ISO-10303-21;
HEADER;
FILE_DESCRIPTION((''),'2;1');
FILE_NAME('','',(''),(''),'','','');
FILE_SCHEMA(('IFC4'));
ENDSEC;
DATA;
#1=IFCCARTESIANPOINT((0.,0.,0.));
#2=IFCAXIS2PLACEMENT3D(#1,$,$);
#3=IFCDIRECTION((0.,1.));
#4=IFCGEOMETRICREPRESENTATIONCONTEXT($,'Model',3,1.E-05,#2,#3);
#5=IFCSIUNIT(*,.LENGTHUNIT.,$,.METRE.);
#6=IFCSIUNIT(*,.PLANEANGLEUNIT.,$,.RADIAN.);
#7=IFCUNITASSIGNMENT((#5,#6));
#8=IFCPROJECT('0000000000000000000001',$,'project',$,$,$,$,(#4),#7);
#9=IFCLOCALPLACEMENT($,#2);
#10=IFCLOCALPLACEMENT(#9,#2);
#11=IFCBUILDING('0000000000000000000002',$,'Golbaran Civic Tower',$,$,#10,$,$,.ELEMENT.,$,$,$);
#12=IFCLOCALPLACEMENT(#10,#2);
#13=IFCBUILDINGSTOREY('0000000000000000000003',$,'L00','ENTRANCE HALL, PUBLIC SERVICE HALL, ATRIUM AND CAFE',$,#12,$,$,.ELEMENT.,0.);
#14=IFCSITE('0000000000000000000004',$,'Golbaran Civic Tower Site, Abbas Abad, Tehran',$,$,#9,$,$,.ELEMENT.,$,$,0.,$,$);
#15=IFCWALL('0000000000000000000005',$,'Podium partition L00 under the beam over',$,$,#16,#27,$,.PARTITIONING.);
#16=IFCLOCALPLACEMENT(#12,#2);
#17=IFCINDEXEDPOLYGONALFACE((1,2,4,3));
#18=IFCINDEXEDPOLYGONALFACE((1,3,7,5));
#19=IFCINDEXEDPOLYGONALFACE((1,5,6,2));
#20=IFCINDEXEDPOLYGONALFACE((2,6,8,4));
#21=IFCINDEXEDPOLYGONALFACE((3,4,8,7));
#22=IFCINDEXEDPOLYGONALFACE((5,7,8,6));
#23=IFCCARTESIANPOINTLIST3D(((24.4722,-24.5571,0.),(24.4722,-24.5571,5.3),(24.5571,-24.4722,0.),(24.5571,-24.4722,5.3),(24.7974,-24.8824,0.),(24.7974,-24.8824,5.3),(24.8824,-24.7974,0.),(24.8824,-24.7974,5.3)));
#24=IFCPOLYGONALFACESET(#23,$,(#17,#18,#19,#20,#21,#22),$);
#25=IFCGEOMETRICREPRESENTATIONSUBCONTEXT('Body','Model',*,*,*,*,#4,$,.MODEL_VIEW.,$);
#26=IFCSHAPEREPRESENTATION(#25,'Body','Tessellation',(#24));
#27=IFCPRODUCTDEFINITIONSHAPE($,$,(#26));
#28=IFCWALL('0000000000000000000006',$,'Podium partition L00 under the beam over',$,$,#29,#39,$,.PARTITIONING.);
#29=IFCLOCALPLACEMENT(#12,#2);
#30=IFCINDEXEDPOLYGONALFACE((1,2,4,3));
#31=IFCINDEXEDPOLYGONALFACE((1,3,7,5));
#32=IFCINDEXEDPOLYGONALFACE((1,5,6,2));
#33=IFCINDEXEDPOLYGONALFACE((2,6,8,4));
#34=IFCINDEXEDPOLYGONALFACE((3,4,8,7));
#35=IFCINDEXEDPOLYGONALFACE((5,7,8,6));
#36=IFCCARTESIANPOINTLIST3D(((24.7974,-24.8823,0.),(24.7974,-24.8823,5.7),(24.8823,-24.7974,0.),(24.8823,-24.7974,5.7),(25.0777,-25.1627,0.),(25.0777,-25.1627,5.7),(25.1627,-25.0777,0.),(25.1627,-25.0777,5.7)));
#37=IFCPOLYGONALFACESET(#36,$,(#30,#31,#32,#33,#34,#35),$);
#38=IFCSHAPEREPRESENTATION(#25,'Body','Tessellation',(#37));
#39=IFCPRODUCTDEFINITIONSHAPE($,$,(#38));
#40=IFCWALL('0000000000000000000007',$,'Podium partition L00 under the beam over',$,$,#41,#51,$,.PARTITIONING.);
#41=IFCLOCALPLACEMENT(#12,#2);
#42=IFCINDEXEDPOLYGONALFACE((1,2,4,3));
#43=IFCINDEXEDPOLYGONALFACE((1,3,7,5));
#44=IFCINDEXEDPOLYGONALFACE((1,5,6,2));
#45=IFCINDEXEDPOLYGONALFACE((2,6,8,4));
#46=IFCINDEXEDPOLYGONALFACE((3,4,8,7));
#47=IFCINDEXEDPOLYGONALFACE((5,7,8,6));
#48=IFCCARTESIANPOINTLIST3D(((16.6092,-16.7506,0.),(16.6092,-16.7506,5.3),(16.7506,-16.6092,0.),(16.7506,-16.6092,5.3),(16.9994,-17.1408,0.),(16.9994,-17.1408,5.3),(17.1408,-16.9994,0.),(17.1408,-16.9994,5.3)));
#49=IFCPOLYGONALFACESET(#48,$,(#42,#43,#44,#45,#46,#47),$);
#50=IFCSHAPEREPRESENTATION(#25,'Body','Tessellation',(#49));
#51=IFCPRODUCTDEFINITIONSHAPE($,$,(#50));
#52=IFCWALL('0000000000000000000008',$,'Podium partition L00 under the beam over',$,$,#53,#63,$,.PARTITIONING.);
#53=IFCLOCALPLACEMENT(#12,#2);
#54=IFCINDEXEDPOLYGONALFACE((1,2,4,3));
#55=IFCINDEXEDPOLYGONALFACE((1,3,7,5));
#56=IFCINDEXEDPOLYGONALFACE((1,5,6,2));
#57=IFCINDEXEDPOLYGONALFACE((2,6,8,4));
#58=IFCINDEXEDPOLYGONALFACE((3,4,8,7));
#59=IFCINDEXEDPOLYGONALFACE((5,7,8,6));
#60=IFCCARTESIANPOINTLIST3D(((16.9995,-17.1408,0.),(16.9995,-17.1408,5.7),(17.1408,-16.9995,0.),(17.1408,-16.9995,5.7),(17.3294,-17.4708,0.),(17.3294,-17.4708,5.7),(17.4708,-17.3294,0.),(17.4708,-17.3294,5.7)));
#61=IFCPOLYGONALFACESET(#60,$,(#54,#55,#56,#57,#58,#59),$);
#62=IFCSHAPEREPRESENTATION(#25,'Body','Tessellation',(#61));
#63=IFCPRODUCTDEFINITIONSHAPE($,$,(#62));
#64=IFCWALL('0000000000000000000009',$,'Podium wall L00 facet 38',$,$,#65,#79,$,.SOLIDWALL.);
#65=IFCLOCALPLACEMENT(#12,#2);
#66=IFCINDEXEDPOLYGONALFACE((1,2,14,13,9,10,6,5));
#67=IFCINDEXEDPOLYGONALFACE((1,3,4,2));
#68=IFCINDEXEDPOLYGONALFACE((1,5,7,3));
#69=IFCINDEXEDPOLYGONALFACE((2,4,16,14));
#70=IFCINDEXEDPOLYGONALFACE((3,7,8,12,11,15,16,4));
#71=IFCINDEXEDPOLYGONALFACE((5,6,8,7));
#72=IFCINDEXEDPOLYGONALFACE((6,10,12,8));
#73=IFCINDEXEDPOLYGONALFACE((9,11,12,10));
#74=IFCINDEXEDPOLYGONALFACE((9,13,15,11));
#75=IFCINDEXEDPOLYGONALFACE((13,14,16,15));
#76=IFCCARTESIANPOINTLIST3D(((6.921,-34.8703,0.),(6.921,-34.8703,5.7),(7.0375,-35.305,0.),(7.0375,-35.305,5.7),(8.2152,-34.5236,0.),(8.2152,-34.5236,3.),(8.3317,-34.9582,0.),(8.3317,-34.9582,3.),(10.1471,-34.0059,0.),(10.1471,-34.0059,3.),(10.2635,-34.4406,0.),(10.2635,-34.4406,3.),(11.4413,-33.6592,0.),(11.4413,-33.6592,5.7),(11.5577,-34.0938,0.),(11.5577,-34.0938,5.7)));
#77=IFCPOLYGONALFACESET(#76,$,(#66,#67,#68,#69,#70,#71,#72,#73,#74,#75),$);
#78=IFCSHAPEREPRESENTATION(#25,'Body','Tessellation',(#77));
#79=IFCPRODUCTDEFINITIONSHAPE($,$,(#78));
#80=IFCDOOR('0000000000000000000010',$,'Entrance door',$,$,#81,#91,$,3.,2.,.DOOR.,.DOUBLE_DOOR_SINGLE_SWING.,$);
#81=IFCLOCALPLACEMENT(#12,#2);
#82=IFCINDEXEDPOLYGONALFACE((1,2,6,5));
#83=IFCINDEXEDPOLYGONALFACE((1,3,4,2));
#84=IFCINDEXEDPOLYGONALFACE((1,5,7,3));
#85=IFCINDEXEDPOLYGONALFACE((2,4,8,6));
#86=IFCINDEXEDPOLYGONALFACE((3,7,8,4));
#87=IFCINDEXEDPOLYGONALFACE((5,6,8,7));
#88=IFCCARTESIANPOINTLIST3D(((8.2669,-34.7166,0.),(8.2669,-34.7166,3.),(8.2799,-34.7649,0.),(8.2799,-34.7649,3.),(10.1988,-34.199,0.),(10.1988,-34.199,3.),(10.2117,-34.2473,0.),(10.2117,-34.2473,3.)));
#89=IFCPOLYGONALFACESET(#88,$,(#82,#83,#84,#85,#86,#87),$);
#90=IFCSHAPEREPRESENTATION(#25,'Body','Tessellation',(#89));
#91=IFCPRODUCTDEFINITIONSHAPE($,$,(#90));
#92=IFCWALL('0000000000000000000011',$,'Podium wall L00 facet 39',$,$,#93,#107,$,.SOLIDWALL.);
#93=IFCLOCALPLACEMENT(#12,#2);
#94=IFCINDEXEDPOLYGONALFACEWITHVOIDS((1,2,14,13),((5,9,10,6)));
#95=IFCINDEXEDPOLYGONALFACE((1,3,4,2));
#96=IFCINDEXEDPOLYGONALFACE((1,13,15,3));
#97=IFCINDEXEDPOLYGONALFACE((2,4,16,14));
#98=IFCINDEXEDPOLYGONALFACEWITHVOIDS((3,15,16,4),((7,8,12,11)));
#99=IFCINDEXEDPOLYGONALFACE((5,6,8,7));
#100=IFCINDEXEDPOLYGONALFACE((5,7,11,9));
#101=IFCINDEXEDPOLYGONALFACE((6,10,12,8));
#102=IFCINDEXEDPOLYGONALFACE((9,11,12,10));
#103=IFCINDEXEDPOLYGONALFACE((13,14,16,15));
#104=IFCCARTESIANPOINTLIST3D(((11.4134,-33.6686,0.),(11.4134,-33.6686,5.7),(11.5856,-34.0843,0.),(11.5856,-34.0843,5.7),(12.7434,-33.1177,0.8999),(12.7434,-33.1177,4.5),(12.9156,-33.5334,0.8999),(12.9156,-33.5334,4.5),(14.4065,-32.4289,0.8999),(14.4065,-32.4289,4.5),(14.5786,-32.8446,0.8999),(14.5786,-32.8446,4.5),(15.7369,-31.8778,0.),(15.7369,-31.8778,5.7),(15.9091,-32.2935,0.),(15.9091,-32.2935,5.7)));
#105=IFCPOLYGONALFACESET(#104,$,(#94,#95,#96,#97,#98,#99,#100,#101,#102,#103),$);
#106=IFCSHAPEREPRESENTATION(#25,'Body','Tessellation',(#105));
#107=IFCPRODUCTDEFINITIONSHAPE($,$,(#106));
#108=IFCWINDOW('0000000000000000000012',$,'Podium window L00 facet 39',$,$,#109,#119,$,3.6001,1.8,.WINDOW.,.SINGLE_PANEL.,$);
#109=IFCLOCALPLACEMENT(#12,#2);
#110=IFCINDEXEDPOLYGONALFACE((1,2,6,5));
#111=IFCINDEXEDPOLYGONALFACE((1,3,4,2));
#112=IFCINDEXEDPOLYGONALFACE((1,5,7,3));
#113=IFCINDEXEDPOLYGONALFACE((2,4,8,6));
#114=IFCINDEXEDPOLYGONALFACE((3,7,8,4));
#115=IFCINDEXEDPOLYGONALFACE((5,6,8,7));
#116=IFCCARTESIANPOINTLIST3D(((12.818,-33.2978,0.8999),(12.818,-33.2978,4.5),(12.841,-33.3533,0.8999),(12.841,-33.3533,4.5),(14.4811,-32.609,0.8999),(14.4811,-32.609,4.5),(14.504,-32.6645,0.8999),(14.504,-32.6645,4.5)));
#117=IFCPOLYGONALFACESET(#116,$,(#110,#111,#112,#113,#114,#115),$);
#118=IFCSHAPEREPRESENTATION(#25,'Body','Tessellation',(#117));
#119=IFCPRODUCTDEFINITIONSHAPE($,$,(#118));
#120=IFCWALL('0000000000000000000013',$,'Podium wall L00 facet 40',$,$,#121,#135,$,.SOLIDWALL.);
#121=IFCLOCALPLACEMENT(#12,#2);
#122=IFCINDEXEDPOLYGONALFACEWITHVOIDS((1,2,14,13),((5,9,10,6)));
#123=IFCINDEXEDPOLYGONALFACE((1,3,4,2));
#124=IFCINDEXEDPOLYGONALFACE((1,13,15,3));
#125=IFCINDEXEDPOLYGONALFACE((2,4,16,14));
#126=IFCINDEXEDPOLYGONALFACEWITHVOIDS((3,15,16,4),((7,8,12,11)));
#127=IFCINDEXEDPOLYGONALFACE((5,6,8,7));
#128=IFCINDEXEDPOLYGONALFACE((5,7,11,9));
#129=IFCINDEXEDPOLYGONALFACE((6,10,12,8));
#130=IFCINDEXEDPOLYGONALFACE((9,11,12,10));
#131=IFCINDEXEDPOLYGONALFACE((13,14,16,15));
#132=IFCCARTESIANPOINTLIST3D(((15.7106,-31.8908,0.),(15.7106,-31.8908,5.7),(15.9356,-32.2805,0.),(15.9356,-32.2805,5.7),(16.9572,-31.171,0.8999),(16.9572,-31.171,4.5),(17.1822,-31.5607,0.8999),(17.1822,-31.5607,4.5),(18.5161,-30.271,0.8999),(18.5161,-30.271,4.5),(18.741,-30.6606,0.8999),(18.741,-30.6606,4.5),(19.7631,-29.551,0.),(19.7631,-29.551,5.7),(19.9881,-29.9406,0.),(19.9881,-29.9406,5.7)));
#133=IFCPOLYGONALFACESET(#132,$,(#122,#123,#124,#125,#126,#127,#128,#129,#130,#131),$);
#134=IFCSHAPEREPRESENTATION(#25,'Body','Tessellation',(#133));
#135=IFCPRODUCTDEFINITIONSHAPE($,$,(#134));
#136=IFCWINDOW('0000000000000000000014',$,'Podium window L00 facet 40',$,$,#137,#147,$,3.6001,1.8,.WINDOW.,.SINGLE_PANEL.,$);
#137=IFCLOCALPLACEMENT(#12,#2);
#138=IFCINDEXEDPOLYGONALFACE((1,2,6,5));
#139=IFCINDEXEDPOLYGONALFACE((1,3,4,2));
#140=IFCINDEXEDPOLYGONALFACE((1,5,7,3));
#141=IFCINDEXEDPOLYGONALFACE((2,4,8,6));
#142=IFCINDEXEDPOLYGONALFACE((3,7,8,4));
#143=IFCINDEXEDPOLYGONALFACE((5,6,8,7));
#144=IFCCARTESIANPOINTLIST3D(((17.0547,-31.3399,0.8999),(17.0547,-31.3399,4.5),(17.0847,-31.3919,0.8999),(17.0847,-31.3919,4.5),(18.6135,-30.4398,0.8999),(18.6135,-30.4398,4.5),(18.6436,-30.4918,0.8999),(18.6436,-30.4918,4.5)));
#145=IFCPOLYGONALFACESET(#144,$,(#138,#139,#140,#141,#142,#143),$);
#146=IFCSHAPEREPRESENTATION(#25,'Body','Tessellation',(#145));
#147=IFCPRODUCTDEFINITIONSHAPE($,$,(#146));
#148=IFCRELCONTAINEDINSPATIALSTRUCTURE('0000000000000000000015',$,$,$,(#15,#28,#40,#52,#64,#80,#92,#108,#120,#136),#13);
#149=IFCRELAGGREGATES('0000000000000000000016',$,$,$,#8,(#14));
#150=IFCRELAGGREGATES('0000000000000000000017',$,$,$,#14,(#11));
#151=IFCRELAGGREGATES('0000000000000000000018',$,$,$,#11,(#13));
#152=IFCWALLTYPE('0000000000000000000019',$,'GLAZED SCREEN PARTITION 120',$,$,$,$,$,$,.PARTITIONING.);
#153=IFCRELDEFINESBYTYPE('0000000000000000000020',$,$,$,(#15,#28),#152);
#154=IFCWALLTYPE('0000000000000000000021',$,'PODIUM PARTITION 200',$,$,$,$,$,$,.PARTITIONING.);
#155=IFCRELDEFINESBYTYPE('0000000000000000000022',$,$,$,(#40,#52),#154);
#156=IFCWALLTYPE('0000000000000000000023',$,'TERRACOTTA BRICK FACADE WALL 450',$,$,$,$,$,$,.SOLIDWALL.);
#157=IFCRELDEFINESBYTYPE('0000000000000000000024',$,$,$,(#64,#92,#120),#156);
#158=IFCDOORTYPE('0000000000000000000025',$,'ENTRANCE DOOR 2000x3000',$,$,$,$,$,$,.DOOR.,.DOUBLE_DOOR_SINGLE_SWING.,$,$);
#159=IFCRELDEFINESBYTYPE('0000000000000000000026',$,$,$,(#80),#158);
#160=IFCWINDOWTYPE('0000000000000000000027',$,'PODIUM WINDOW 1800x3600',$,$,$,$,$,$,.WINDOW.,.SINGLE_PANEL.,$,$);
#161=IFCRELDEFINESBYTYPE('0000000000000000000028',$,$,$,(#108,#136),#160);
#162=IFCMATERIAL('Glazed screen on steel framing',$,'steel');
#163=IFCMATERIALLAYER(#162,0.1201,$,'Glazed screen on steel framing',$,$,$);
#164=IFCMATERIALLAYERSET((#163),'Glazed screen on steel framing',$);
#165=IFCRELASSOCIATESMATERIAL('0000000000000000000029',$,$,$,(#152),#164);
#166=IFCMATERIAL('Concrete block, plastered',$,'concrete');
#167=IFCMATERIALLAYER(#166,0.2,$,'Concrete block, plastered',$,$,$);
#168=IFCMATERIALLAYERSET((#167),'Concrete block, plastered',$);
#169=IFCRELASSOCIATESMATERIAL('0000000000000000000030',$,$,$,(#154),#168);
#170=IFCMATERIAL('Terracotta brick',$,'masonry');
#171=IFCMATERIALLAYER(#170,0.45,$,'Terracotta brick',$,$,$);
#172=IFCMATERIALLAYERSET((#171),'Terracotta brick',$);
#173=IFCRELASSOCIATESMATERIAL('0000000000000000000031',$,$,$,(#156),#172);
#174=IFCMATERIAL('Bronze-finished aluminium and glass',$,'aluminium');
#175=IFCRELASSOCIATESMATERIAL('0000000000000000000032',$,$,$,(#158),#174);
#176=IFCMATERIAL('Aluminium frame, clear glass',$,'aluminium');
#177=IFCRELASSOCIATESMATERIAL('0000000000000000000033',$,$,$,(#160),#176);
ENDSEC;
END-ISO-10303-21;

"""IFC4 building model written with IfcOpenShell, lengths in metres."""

from ifc_helpers import new_model, si_unit, direction, frame, frame_2d, origin, place, context, subcontext, project, spatial, rectangle, extrude, material, layer, layer_set, type_object, element, fill, save


model = new_model("IFC4")

# Units and contexts
model_context = context("Model", 3, precision=1e-05, world=origin(), true_north=direction((0.0, 1.0)))
body_context = subcontext(model_context, "Body", "Model", "MODEL_VIEW")
ifc_project = project(units=[si_unit("LENGTHUNIT", "METRE"), si_unit("PLANEANGLEUNIT", "RADIAN")], contexts=[model_context])

# Site, building, storey
site_placement = place(None, origin())
site = spatial("IfcSite", under=ifc_project, at=site_placement, Name="Golbaran Civic Tower Site, Abbas Abad, Tehran", CompositionType="ELEMENT", RefElevation=0.0)
building_placement = place(site_placement, origin())
building = spatial("IfcBuilding", under=site, at=building_placement, Name="Golbaran Civic Tower", CompositionType="ELEMENT")
storey_placement = place(building_placement, origin())
storey = spatial("IfcBuildingStorey", under=building, at=storey_placement, Name="L00", Description="ENTRANCE HALL, PUBLIC SERVICE HALL, ATRIUM AND CAFE", CompositionType="ELEMENT", Elevation=0.0)

# Walls
ifc_material_1 = material(Name="Glazed screen on steel framing", Category="steel")
ifc_layer_1 = layer(ifc_material_1, 0.1201, Name="Glazed screen on steel framing")
ifc_layer_set_1 = layer_set([ifc_layer_1], Name="Glazed screen on steel framing")
wall_type_1 = type_object("IfcWallType", Name="GLAZED SCREEN PARTITION 120", PredefinedType="PARTITIONING", material=ifc_layer_set_1)
wall_1_placement = place(storey_placement, frame((24.5146, -24.5146, 0.0), z_axis=(0.0, 0.0, 1.0), x_axis=(0.707107, -0.707107, 0.0)))
element("IfcWall", 1, at=wall_1_placement, inside=storey, type_object=wall_type_1, Name="Podium partition L00 under the beam over", PredefinedType="PARTITIONING", context=body_context, shape_type="SweptSolid", body=[
    extrude(rectangle(XDim=0.46, YDim=0.1201, at=frame_2d((0.23, 0.0))), origin(), (0.0, 0.0, 1.0), 5.3),
])
wall_2_placement = place(storey_placement, frame((24.8398, -24.8398, 0.0), z_axis=(0.0, 0.0, 1.0), x_axis=(0.707107, -0.707107, 0.0)))
element("IfcWall", 2, at=wall_2_placement, inside=storey, type_object=wall_type_1, Name="Podium partition L00 under the beam over", PredefinedType="PARTITIONING", context=body_context, shape_type="SweptSolid", body=[
    extrude(rectangle(XDim=0.3965, YDim=0.1201, at=frame_2d((0.1982, 0.0))), origin(), (0.0, 0.0, 1.0), 5.7),
])

# Shared definitions
ifc_material_2 = material(Name="Concrete block, plastered", Category="concrete")
ifc_layer_2 = layer(ifc_material_2, 0.2, Name="Concrete block, plastered")
ifc_layer_set_2 = layer_set([ifc_layer_2], Name="Concrete block, plastered")
wall_type_2 = type_object("IfcWallType", Name="PODIUM PARTITION 200", PredefinedType="PARTITIONING", material=ifc_layer_set_2)

# Walls
wall_3_placement = place(storey_placement, frame((16.6799, -16.6799, 0.0), z_axis=(0.0, 0.0, 1.0), x_axis=(0.707107, -0.707107, 0.0)))
element("IfcWall", 3, at=wall_3_placement, inside=storey, type_object=wall_type_2, Name="Podium partition L00 under the beam over", PredefinedType="PARTITIONING", context=body_context, shape_type="SweptSolid", body=[
    extrude(rectangle(XDim=0.5518, YDim=0.2, at=frame_2d((0.2759, 0.0))), origin(), (0.0, 0.0, 1.0), 5.3),
])
wall_4_placement = place(storey_placement, frame((17.0701, -17.0701, 0.0), z_axis=(0.0, 0.0, 1.0), x_axis=(0.707107, -0.707107, 0.0)))
element("IfcWall", 4, at=wall_4_placement, inside=storey, type_object=wall_type_2, Name="Podium partition L00 under the beam over", PredefinedType="PARTITIONING", context=body_context, shape_type="SweptSolid", body=[
    extrude(rectangle(XDim=0.4666, YDim=0.2, at=frame_2d((0.2334, 0.0))), origin(), (0.0, 0.0, 1.0), 5.7),
])

# Wall, opening, door
ifc_material_3 = material(Name="Terracotta brick", Category="masonry")
ifc_layer_3 = layer(ifc_material_3, 0.45, Name="Terracotta brick")
ifc_layer_set_3 = layer_set([ifc_layer_3], Name="Terracotta brick")
wall_type_3 = type_object("IfcWallType", Name="TERRACOTTA BRICK FACADE WALL 450", PredefinedType="SOLIDWALL", material=ifc_layer_set_3)
wall_5_placement = place(storey_placement, frame((6.9792, -35.0876, 0.0), z_axis=(0.0, 0.0, 1.0), x_axis=(0.965927, 0.258815, 0.0)))
wall_5 = element("IfcWall", 5, at=wall_5_placement, inside=storey, type_object=wall_type_3, Name="Podium wall L00 facet 38", PredefinedType="SOLIDWALL", context=body_context, shape_type="SweptSolid", body=[
    extrude(rectangle(XDim=4.6797, YDim=0.45, at=frame_2d((2.3398, 0.0))), origin(), (0.0, 0.0, 1.0), 5.7),
])
opening_1_placement = place(wall_5_placement, frame((1.3398, 0.0, 0.0)))
opening_1 = element("IfcOpeningElement", 6, at=opening_1_placement, cuts=wall_5, PredefinedType="OPENING", context=body_context, shape_type="SweptSolid", body=[
    extrude(rectangle(XDim=2.0, YDim=3.0, at=frame_2d((1.0, 1.5))), frame((0.0, 0.2349, 0.0), z_axis=(0.0, -1.0, 0.0), x_axis=(1.0, 0.0, 0.0)), (0.0, 0.0, 1.0), 0.47),
])
ifc_material_4 = material(Name="Bronze-finished aluminium and glass", Category="aluminium")
door_type_1 = type_object("IfcDoorType", Name="ENTRANCE DOOR 2000x3000", OperationType="DOUBLE_DOOR_SINGLE_SWING", PredefinedType="DOOR", material=ifc_material_4)
door_1_placement = place(opening_1_placement, frame((2.0, 0.0, 0.0), z_axis=(0.0, 0.0, 1.0), x_axis=(-1.0, 0.0, 0.0)))
door_1 = element("IfcDoor", 7, at=door_1_placement, inside=storey, type_object=door_type_1, Name="Entrance door", OperationType="DOUBLE_DOOR_SINGLE_SWING", OverallHeight=3.0, OverallWidth=2.0, PredefinedType="DOOR", context=body_context, shape_type="SweptSolid", body=[
    extrude(rectangle(XDim=2.0, YDim=3.0, at=frame_2d((1.0, 1.5))), frame((0.0, 0.0249, 0.0), z_axis=(0.0, -1.0, 0.0), x_axis=(1.0, 0.0, 0.0)), (0.0, 0.0, 1.0), 0.05),
])
fill(opening_1, door_1)

# Walls, openings, windows
wall_6_placement = place(storey_placement, frame((11.4995, -33.8765, 0.0), z_axis=(0.0, 0.0, 1.0), x_axis=(0.923885, 0.38267, 0.0)))
wall_6 = element("IfcWall", 8, at=wall_6_placement, inside=storey, type_object=wall_type_3, Name="Podium wall L00 facet 39", PredefinedType="SOLIDWALL", context=body_context, shape_type="SweptSolid", body=[
    extrude(rectangle(XDim=4.6797, YDim=0.45, at=frame_2d((2.3398, 0.0))), origin(), (0.0, 0.0, 1.0), 5.7),
])
opening_2_placement = place(wall_6_placement, frame((1.4397, 0.0, 0.8999)))
opening_2 = element("IfcOpeningElement", 9, at=opening_2_placement, cuts=wall_6, PredefinedType="OPENING", context=body_context, shape_type="SweptSolid", body=[
    extrude(rectangle(XDim=1.8, YDim=3.6001, at=frame_2d((0.8999, 1.8))), frame((0.0, 0.2349, 0.0), z_axis=(0.0, -1.0, 0.0), x_axis=(1.0, 0.0, 0.0)), (0.0, 0.0, 1.0), 0.47),
])
ifc_material_5 = material(Name="Aluminium frame, clear glass", Category="aluminium")
window_type_1 = type_object("IfcWindowType", Name="PODIUM WINDOW 1800x3600", PartitioningType="SINGLE_PANEL", PredefinedType="WINDOW", material=ifc_material_5)
window_1_placement = place(opening_2_placement, origin())
window_1 = element("IfcWindow", 10, at=window_1_placement, inside=storey, type_object=window_type_1, Name="Podium window L00 facet 39", OverallHeight=3.6001, OverallWidth=1.8, PartitioningType="SINGLE_PANEL", PredefinedType="WINDOW", context=body_context, shape_type="SweptSolid", body=[
    extrude(rectangle(XDim=1.8, YDim=3.6001, at=frame_2d((0.8999, 1.8))), frame((0.0, 0.03, 0.0), z_axis=(0.0, -1.0, 0.0), x_axis=(1.0, 0.0, 0.0)), (0.0, 0.0, 1.0), 0.0601),
])
fill(opening_2, window_1)
wall_7_placement = place(storey_placement, frame((15.823, -32.0857, 0.0), z_axis=(0.0, 0.0, 1.0), x_axis=(0.866013, 0.500022, 0.0)))
wall_7 = element("IfcWall", 11, at=wall_7_placement, inside=storey, type_object=wall_type_3, Name="Podium wall L00 facet 40", PredefinedType="SOLIDWALL", context=body_context, shape_type="SweptSolid", body=[
    extrude(rectangle(XDim=4.6794, YDim=0.45, at=frame_2d((2.3398, 0.0))), origin(), (0.0, 0.0, 1.0), 5.7),
])
opening_3_placement = place(wall_7_placement, frame((1.4397, 0.0, 0.8999)))
opening_3 = element("IfcOpeningElement", 12, at=opening_3_placement, cuts=wall_7, PredefinedType="OPENING", context=body_context, shape_type="SweptSolid", body=[
    extrude(rectangle(XDim=1.8, YDim=3.6001, at=frame_2d((0.8999, 1.8))), frame((0.0, 0.2349, 0.0), z_axis=(0.0, -1.0, 0.0), x_axis=(1.0, 0.0, 0.0)), (0.0, 0.0, 1.0), 0.47),
])
window_2_placement = place(opening_3_placement, origin())
window_2 = element("IfcWindow", 13, at=window_2_placement, inside=storey, type_object=window_type_1, Name="Podium window L00 facet 40", OverallHeight=3.6001, OverallWidth=1.8, PartitioningType="SINGLE_PANEL", PredefinedType="WINDOW", context=body_context, shape_type="SweptSolid", body=[
    extrude(rectangle(XDim=1.8, YDim=3.6001, at=frame_2d((0.8999, 1.8))), frame((0.0, 0.03, 0.0), z_axis=(0.0, -1.0, 0.0), x_axis=(1.0, 0.0, 0.0)), (0.0, 0.0, 1.0), 0.0601),
])
fill(opening_3, window_2)

save(model, "model.ifc")
